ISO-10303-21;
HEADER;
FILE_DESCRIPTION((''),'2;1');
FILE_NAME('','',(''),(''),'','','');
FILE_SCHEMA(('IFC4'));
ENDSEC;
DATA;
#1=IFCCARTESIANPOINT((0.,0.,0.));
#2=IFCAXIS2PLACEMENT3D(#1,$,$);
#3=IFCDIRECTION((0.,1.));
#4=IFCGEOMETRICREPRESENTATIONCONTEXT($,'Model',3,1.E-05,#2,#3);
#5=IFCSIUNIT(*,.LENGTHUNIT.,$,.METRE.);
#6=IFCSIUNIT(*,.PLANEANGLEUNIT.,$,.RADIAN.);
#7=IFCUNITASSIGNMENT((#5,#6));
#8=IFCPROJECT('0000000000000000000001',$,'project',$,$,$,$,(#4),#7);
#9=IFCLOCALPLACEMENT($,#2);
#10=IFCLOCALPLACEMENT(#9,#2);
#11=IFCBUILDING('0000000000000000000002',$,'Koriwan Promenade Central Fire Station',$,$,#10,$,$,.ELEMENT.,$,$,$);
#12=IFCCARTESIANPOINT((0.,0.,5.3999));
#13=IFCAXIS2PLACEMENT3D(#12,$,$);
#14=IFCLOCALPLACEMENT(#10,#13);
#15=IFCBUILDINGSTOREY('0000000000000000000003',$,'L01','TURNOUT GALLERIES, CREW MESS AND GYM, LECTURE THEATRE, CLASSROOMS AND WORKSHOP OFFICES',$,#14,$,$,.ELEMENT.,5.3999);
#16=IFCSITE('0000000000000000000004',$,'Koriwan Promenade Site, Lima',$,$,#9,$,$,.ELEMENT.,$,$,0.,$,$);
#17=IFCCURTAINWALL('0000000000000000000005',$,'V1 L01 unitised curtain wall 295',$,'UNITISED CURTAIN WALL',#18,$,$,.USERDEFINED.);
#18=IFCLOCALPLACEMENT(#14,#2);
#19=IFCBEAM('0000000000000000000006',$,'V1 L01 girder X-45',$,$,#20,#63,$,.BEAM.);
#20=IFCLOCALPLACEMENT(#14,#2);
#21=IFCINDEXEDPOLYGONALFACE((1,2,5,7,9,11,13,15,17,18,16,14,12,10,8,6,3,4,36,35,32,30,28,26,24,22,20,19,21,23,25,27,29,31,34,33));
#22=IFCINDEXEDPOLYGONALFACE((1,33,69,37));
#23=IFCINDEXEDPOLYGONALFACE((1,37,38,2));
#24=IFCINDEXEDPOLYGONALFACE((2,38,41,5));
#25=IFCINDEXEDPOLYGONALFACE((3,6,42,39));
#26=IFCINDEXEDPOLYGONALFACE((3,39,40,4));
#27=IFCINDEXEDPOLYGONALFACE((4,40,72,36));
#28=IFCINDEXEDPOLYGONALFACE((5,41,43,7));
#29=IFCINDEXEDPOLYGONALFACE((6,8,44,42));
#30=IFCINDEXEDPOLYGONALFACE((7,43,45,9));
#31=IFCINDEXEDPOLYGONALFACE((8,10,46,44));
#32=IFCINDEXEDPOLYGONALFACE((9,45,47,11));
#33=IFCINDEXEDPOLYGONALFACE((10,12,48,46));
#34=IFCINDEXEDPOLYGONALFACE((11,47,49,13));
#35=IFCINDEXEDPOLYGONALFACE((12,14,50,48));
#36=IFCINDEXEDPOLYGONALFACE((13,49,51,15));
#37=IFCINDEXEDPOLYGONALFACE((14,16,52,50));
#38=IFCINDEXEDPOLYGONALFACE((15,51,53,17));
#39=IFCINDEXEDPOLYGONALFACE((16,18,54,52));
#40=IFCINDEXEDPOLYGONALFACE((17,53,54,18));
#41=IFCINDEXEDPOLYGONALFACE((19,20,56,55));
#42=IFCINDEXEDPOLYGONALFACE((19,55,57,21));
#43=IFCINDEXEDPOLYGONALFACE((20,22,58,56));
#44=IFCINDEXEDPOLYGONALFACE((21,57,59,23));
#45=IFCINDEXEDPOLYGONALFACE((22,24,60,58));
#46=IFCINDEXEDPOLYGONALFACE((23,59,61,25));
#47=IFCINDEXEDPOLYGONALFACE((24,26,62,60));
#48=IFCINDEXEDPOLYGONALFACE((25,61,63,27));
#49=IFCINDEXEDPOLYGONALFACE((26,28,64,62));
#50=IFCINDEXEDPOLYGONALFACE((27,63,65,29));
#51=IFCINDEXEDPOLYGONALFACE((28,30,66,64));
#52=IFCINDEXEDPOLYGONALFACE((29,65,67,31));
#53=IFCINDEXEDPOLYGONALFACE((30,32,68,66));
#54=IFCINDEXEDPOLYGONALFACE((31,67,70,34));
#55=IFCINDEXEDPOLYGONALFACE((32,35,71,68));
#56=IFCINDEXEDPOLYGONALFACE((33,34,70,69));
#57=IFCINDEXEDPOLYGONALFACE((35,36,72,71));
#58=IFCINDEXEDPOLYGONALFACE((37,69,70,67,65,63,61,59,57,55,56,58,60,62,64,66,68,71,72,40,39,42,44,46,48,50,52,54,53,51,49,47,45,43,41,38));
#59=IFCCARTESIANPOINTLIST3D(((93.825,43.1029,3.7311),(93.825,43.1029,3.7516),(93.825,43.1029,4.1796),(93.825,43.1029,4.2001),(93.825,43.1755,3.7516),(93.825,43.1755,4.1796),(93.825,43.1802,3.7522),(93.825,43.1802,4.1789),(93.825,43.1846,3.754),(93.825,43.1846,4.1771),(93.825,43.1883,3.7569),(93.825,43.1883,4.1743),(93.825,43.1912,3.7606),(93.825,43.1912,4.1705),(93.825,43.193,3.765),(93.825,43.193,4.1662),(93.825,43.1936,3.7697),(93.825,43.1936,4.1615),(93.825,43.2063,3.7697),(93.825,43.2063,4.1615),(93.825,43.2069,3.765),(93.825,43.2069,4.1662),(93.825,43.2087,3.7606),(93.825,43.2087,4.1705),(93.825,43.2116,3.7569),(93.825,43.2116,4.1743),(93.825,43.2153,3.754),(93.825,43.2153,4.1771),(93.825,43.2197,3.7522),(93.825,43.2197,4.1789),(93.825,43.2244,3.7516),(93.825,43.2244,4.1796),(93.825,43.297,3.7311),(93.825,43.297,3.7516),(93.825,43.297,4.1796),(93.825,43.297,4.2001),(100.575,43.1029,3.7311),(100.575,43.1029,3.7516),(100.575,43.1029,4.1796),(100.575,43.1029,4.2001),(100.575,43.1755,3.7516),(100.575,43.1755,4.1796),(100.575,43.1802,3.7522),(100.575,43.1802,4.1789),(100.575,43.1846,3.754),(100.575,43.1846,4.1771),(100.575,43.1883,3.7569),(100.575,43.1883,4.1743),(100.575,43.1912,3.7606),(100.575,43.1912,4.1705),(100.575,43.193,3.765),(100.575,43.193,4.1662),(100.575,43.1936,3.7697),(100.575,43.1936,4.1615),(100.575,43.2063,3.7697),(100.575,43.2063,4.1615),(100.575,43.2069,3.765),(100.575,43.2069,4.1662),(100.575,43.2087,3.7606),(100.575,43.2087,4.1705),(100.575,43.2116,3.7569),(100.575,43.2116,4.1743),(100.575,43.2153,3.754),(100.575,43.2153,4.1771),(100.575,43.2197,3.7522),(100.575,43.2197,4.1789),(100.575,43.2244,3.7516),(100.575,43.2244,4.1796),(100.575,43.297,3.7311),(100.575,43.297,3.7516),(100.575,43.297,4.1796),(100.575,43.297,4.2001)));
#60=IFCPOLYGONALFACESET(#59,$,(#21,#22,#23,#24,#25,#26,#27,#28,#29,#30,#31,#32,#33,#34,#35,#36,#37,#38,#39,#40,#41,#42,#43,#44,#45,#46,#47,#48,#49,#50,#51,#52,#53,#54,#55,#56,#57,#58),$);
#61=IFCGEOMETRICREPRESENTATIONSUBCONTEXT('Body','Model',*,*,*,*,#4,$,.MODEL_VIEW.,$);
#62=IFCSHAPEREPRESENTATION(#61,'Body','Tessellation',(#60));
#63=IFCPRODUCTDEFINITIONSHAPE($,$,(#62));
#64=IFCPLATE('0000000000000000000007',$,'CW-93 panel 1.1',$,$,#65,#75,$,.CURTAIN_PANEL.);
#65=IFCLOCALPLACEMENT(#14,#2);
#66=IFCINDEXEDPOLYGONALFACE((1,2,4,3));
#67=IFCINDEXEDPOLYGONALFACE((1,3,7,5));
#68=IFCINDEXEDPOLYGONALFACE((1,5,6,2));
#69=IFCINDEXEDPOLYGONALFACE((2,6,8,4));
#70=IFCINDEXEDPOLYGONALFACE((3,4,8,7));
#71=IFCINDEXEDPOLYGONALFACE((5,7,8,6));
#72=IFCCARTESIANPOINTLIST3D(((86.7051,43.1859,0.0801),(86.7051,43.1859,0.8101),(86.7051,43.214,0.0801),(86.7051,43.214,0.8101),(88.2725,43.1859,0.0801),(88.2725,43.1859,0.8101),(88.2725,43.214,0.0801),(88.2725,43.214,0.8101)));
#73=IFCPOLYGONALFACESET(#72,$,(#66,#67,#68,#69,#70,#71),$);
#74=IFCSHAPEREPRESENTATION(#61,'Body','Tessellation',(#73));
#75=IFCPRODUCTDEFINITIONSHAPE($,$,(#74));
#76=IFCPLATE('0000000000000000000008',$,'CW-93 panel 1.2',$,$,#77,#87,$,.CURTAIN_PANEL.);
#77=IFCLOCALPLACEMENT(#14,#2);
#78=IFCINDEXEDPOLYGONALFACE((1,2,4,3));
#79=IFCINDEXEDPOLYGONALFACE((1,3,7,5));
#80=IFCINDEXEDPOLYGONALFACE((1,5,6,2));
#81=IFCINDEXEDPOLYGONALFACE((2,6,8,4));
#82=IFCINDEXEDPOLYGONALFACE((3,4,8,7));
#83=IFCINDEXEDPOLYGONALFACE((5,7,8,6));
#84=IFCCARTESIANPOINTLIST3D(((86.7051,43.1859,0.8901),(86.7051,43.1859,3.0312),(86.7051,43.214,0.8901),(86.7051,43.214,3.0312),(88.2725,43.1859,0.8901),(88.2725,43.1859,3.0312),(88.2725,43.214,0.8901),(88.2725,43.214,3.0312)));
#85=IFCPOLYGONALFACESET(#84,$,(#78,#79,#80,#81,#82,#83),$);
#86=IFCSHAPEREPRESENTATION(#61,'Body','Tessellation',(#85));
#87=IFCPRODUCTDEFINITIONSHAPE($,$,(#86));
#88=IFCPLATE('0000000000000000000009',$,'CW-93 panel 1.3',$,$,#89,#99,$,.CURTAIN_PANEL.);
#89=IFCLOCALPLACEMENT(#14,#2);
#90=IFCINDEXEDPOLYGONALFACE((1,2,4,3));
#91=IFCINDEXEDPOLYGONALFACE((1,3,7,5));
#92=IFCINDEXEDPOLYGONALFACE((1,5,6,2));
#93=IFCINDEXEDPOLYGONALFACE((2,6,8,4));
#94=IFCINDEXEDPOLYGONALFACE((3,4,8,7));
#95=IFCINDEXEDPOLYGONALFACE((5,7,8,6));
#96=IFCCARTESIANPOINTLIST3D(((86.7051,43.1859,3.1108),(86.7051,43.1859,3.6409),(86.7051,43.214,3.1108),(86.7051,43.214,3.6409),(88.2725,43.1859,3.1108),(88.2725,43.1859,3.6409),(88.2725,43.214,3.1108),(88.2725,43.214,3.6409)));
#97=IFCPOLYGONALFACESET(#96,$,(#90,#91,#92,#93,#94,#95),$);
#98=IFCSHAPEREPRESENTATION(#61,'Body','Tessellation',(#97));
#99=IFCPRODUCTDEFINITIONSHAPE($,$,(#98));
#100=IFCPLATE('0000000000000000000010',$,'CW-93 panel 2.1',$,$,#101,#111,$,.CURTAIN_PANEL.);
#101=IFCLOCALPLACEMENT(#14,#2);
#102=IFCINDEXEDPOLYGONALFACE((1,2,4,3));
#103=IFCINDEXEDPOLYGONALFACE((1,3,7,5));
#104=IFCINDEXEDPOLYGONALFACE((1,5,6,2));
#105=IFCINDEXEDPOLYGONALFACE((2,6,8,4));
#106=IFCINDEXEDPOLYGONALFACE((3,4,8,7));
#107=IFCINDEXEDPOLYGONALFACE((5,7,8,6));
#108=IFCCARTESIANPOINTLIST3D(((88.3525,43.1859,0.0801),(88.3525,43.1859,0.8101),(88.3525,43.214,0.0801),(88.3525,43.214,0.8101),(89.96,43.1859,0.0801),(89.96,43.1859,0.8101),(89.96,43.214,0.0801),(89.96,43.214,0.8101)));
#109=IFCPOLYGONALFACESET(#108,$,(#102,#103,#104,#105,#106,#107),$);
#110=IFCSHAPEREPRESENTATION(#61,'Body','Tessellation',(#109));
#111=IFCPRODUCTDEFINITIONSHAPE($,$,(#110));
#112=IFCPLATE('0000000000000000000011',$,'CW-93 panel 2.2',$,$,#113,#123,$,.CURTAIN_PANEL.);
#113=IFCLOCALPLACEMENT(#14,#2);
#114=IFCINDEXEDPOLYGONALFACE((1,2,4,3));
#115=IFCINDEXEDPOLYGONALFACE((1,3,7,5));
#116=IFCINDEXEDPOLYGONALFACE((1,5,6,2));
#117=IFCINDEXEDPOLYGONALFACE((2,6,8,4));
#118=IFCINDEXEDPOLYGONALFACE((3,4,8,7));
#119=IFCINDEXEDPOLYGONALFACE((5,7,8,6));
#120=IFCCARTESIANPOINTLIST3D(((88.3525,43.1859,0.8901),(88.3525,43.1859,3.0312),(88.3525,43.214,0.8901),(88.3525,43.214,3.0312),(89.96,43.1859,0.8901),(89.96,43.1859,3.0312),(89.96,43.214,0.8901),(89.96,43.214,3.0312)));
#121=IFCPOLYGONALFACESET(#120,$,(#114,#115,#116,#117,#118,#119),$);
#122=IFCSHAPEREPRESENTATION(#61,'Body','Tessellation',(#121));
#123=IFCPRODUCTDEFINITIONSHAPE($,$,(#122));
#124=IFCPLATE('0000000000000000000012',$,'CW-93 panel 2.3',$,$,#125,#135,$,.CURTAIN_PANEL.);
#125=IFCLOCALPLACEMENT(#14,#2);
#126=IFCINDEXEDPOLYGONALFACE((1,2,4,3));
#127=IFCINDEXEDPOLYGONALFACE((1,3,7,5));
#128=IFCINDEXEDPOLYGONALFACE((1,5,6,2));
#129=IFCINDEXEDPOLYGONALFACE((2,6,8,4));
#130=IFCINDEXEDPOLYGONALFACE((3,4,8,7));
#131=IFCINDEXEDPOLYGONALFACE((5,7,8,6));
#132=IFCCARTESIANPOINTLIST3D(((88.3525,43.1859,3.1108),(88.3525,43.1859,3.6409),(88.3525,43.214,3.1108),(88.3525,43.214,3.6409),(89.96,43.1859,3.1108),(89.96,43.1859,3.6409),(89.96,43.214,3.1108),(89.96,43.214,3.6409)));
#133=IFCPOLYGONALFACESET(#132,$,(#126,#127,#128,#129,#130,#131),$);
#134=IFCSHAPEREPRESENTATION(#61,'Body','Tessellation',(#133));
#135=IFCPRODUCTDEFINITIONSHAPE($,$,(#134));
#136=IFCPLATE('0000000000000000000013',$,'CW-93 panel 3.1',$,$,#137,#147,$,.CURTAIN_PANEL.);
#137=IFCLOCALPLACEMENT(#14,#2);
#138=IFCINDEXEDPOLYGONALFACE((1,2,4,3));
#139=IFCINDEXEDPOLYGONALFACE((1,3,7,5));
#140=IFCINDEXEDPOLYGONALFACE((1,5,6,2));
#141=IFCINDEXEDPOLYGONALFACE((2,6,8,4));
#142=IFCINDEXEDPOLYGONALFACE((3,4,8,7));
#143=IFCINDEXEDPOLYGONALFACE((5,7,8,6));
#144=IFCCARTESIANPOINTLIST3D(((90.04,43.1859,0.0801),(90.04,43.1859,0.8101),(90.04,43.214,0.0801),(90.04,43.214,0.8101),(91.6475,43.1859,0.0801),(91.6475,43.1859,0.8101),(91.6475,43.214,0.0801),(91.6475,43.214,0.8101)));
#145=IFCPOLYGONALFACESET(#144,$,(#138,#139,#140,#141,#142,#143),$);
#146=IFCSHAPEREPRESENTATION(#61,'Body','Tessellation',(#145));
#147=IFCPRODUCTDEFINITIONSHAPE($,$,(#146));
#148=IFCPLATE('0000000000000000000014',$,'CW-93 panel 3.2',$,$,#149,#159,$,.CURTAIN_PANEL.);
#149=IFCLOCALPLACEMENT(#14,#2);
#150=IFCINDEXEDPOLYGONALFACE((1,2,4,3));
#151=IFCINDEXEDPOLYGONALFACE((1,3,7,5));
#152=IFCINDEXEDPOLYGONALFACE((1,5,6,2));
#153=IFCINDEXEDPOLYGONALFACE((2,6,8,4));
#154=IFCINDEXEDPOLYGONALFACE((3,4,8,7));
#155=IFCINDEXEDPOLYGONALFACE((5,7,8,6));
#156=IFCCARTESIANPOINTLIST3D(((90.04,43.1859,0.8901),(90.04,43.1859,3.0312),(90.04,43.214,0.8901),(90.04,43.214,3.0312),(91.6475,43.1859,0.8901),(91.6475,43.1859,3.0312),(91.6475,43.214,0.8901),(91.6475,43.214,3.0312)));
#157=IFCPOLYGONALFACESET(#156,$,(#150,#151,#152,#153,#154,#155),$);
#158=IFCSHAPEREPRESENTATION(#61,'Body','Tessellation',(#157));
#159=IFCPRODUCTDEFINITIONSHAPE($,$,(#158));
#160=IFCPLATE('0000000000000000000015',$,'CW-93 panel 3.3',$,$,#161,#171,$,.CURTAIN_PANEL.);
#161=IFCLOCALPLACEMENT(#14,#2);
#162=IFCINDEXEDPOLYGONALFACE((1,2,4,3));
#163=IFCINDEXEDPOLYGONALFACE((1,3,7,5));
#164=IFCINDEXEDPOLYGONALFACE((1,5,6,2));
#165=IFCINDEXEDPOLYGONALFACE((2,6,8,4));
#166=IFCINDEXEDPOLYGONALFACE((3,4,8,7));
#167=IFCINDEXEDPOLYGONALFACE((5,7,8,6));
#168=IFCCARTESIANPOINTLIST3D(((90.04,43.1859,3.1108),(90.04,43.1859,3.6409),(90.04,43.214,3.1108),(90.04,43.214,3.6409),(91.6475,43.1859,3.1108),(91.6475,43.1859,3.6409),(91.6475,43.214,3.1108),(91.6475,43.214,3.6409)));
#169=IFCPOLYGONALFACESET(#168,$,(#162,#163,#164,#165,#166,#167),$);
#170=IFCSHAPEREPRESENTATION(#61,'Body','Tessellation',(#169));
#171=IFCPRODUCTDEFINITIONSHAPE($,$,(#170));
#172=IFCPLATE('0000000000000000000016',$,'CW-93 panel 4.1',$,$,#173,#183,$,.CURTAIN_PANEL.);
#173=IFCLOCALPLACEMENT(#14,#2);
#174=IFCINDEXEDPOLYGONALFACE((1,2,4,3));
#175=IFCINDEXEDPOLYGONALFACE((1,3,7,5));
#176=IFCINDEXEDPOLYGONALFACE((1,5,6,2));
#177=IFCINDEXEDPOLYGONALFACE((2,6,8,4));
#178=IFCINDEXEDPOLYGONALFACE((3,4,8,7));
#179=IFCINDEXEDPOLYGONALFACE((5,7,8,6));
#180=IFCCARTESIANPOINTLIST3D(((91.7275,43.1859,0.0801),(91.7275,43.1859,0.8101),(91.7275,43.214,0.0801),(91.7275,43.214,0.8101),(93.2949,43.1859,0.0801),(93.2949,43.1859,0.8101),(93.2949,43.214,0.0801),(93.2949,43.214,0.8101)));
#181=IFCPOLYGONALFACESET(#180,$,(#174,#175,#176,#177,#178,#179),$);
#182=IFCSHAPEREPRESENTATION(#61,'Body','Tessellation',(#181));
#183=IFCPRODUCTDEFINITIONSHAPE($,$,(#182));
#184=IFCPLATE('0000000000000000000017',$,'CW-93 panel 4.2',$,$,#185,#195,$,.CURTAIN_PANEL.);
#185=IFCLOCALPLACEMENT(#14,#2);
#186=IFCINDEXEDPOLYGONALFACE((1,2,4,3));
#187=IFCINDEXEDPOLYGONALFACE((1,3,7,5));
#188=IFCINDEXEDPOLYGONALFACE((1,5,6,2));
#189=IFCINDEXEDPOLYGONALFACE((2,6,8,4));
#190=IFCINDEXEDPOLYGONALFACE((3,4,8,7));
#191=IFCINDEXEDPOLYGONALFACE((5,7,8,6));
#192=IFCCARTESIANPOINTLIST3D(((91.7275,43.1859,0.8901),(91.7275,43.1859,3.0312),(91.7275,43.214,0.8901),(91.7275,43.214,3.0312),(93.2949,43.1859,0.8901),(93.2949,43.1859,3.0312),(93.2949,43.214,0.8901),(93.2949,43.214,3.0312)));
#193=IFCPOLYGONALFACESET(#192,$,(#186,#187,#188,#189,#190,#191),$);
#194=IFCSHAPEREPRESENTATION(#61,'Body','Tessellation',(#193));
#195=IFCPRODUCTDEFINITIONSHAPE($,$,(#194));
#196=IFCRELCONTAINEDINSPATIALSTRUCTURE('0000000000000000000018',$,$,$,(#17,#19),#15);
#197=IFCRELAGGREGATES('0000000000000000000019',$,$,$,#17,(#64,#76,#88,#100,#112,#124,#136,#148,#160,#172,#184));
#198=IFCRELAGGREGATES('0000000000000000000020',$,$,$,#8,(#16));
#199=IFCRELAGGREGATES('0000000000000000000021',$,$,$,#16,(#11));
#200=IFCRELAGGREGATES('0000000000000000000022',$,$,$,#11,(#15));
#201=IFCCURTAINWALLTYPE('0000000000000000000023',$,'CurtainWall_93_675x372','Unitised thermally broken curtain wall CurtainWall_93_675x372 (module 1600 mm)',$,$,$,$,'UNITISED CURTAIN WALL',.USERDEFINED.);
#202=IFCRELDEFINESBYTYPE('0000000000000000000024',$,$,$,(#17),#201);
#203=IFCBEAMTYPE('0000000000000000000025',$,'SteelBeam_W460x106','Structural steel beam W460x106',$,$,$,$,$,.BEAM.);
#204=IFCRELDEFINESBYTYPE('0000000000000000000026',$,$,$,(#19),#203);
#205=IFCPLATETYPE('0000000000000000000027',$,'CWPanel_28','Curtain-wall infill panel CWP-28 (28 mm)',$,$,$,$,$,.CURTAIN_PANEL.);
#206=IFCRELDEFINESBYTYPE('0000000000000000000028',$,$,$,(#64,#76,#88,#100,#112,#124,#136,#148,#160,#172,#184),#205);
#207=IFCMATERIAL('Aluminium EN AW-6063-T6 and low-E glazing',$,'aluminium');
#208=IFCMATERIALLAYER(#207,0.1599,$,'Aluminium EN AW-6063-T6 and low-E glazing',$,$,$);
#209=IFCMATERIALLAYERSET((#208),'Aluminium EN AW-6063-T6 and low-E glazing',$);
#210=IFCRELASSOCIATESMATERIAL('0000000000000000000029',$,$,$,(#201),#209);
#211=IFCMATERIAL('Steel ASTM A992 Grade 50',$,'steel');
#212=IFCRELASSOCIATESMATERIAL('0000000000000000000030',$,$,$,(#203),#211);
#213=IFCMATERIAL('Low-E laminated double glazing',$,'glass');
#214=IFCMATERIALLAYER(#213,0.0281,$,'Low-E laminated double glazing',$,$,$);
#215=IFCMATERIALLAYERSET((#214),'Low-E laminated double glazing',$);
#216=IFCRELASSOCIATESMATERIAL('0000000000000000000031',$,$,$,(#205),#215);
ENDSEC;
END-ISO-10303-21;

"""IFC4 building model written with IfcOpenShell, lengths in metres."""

from ifc_helpers import new_model, si_unit, direction, frame, origin, origin_2d, place, context, subcontext, project, spatial, rectangle, i_section, extrude, material, layer, layer_set, material_profile, profile_set, type_object, element, aggregate, save


model = new_model("IFC4")

# Units and contexts
model_context = context("Model", 3, precision=1e-05, world=origin(), true_north=direction((0.0, 1.0)))
body_context = subcontext(model_context, "Body", "Model", "MODEL_VIEW")
ifc_project = project(units=[si_unit("LENGTHUNIT", "METRE"), si_unit("PLANEANGLEUNIT", "RADIAN")], contexts=[model_context])

# Site, building, storey
site_placement = place(None, origin())
site = spatial("IfcSite", under=ifc_project, at=site_placement, Name="Koriwan Promenade Site, Lima", CompositionType="ELEMENT", RefElevation=0.0)
building_placement = place(site_placement, origin())
building = spatial("IfcBuilding", under=site, at=building_placement, Name="Koriwan Promenade Central Fire Station", CompositionType="ELEMENT")
storey_placement = place(building_placement, frame((0.0, 0.0, 5.3999)))
storey = spatial("IfcBuildingStorey", under=building, at=storey_placement, Name="L01", Description="TURNOUT GALLERIES, CREW MESS AND GYM, LECTURE THEATRE, CLASSROOMS AND WORKSHOP OFFICES", CompositionType="ELEMENT", Elevation=5.3999)

# Curtain wall
ifc_material_1 = material(Name="Aluminium EN AW-6063-T6 and low-E glazing", Category="aluminium")
ifc_layer_1 = layer(ifc_material_1, 0.1599, Name="Aluminium EN AW-6063-T6 and low-E glazing")
ifc_layer_set_1 = layer_set([ifc_layer_1], Name="Aluminium EN AW-6063-T6 and low-E glazing")
curtain_wall_type = type_object("IfcCurtainWallType", Name="CurtainWall_93_675x372", Description="Unitised thermally broken curtain wall CurtainWall_93_675x372 (module 1600 mm)", ElementType="UNITISED CURTAIN WALL", PredefinedType="USERDEFINED", material=ifc_layer_set_1)
curtain_wall_1_placement = place(storey_placement, origin())
curtain_wall_1 = element("IfcCurtainWall", 1, at=curtain_wall_1_placement, inside=storey, type_object=curtain_wall_type, Name="V1 L01 unitised curtain wall 295", ObjectType="UNITISED CURTAIN WALL", PredefinedType="USERDEFINED")

# Shared definitions
ifc_material_2 = material(Name="Steel ASTM A992 Grade 50", Category="steel")

# Beam
ifc_material_profile_1 = material_profile(ifc_material_2, i_section(OverallWidth=0.1941, OverallDepth=0.469, WebThickness=0.0127, FlangeThickness=0.0205, FilletRadius=0.0181, at=origin_2d()), Name="W460x106")
ifc_profile_set_1 = profile_set([ifc_material_profile_1], Name="Steel ASTM A992 Grade 50")
beam_type = type_object("IfcBeamType", Name="SteelBeam_W460x106", Description="Structural steel beam W460x106", PredefinedType="BEAM", material=ifc_profile_set_1)
beam_placement = place(storey_placement, frame((93.825, 43.2, 3.9656), z_axis=(1.0, 0.0, 0.0), x_axis=(0.0, 1.0, 0.0)))
element("IfcBeam", 2, at=beam_placement, inside=storey, type_object=beam_type, Name="V1 L01 girder X-45", PredefinedType="BEAM", context=body_context, shape_type="SweptSolid", body=[
    extrude(i_section(OverallWidth=0.1941, OverallDepth=0.469, WebThickness=0.0127, FlangeThickness=0.0205, FilletRadius=0.0181, at=origin_2d()), origin(), (0.0, 0.0, 1.0), 6.75),
])

# Plates
ifc_material_3 = material(Name="Low-E laminated double glazing", Category="glass")
ifc_layer_2 = layer(ifc_material_3, 0.0281, Name="Low-E laminated double glazing")
ifc_layer_set_2 = layer_set([ifc_layer_2], Name="Low-E laminated double glazing")
plate_type_1 = type_object("IfcPlateType", Name="CWPanel_28", Description="Curtain-wall infill panel CWP-28 (28 mm)", PredefinedType="CURTAIN_PANEL", material=ifc_layer_set_2)
plate_1_placement = place(storey_placement, frame((87.4888, 43.2, 0.0801), z_axis=(0.0, 0.0, 1.0), x_axis=(1.0, 0.0, 0.0)))
plate_1 = element("IfcPlate", 3, at=plate_1_placement, type_object=plate_type_1, Name="CW-93 panel 1.1", PredefinedType="CURTAIN_PANEL", context=body_context, shape_type="SweptSolid", body=[
    extrude(rectangle(XDim=1.5674, YDim=0.0281, at=origin_2d()), origin(), (0.0, 0.0, 1.0), 0.73),
])
plate_2_placement = place(storey_placement, frame((87.4888, 43.2, 0.8901), z_axis=(0.0, 0.0, 1.0), x_axis=(1.0, 0.0, 0.0)))
plate_2 = element("IfcPlate", 4, at=plate_2_placement, type_object=plate_type_1, Name="CW-93 panel 1.2", PredefinedType="CURTAIN_PANEL", context=body_context, shape_type="SweptSolid", body=[
    extrude(rectangle(XDim=1.5674, YDim=0.0281, at=origin_2d()), origin(), (0.0, 0.0, 1.0), 2.1411),
])
plate_3_placement = place(storey_placement, frame((87.4888, 43.2, 3.1108), z_axis=(0.0, 0.0, 1.0), x_axis=(1.0, 0.0, 0.0)))
plate_3 = element("IfcPlate", 5, at=plate_3_placement, type_object=plate_type_1, Name="CW-93 panel 1.3", PredefinedType="CURTAIN_PANEL", context=body_context, shape_type="SweptSolid", body=[
    extrude(rectangle(XDim=1.5674, YDim=0.0281, at=origin_2d()), origin(), (0.0, 0.0, 1.0), 0.53),
])
plate_4_placement = place(storey_placement, frame((89.1562, 43.2, 0.0801), z_axis=(0.0, 0.0, 1.0), x_axis=(1.0, 0.0, 0.0)))
plate_4 = element("IfcPlate", 6, at=plate_4_placement, type_object=plate_type_1, Name="CW-93 panel 2.1", PredefinedType="CURTAIN_PANEL", context=body_context, shape_type="SweptSolid", body=[
    extrude(rectangle(XDim=1.6074, YDim=0.0281, at=origin_2d()), origin(), (0.0, 0.0, 1.0), 0.73),
])
plate_5_placement = place(storey_placement, frame((89.1562, 43.2, 0.8901), z_axis=(0.0, 0.0, 1.0), x_axis=(1.0, 0.0, 0.0)))
plate_5 = element("IfcPlate", 7, at=plate_5_placement, type_object=plate_type_1, Name="CW-93 panel 2.2", PredefinedType="CURTAIN_PANEL", context=body_context, shape_type="SweptSolid", body=[
    extrude(rectangle(XDim=1.6074, YDim=0.0281, at=origin_2d()), origin(), (0.0, 0.0, 1.0), 2.1411),
])
plate_6_placement = place(storey_placement, frame((89.1562, 43.2, 3.1108), z_axis=(0.0, 0.0, 1.0), x_axis=(1.0, 0.0, 0.0)))
plate_6 = element("IfcPlate", 8, at=plate_6_placement, type_object=plate_type_1, Name="CW-93 panel 2.3", PredefinedType="CURTAIN_PANEL", context=body_context, shape_type="SweptSolid", body=[
    extrude(rectangle(XDim=1.6074, YDim=0.0281, at=origin_2d()), origin(), (0.0, 0.0, 1.0), 0.53),
])
plate_7_placement = place(storey_placement, frame((90.8438, 43.2, 0.0801), z_axis=(0.0, 0.0, 1.0), x_axis=(1.0, 0.0, 0.0)))
plate_7 = element("IfcPlate", 9, at=plate_7_placement, type_object=plate_type_1, Name="CW-93 panel 3.1", PredefinedType="CURTAIN_PANEL", context=body_context, shape_type="SweptSolid", body=[
    extrude(rectangle(XDim=1.6074, YDim=0.0281, at=origin_2d()), origin(), (0.0, 0.0, 1.0), 0.73),
])
plate_8_placement = place(storey_placement, frame((90.8438, 43.2, 0.8901), z_axis=(0.0, 0.0, 1.0), x_axis=(1.0, 0.0, 0.0)))
plate_8 = element("IfcPlate", 10, at=plate_8_placement, type_object=plate_type_1, Name="CW-93 panel 3.2", PredefinedType="CURTAIN_PANEL", context=body_context, shape_type="SweptSolid", body=[
    extrude(rectangle(XDim=1.6074, YDim=0.0281, at=origin_2d()), origin(), (0.0, 0.0, 1.0), 2.1411),
])
plate_9_placement = place(storey_placement, frame((90.8438, 43.2, 3.1108), z_axis=(0.0, 0.0, 1.0), x_axis=(1.0, 0.0, 0.0)))
plate_9 = element("IfcPlate", 11, at=plate_9_placement, type_object=plate_type_1, Name="CW-93 panel 3.3", PredefinedType="CURTAIN_PANEL", context=body_context, shape_type="SweptSolid", body=[
    extrude(rectangle(XDim=1.6074, YDim=0.0281, at=origin_2d()), origin(), (0.0, 0.0, 1.0), 0.53),
])
plate_10_placement = place(storey_placement, frame((92.5112, 43.2, 0.0801), z_axis=(0.0, 0.0, 1.0), x_axis=(1.0, 0.0, 0.0)))
plate_10 = element("IfcPlate", 12, at=plate_10_placement, type_object=plate_type_1, Name="CW-93 panel 4.1", PredefinedType="CURTAIN_PANEL", context=body_context, shape_type="SweptSolid", body=[
    extrude(rectangle(XDim=1.5674, YDim=0.0281, at=origin_2d()), origin(), (0.0, 0.0, 1.0), 0.73),
])
plate_11_placement = place(storey_placement, frame((92.5112, 43.2, 0.8901), z_axis=(0.0, 0.0, 1.0), x_axis=(1.0, 0.0, 0.0)))
plate_11 = element("IfcPlate", 13, at=plate_11_placement, type_object=plate_type_1, Name="CW-93 panel 4.2", PredefinedType="CURTAIN_PANEL", context=body_context, shape_type="SweptSolid", body=[
    extrude(rectangle(XDim=1.5674, YDim=0.0281, at=origin_2d()), origin(), (0.0, 0.0, 1.0), 2.1411),
])
aggregate(curtain_wall_1, [plate_1, plate_2, plate_3, plate_4, plate_5, plate_6, plate_7, plate_8, plate_9, plate_10, plate_11])

save(model, "model.ifc")
